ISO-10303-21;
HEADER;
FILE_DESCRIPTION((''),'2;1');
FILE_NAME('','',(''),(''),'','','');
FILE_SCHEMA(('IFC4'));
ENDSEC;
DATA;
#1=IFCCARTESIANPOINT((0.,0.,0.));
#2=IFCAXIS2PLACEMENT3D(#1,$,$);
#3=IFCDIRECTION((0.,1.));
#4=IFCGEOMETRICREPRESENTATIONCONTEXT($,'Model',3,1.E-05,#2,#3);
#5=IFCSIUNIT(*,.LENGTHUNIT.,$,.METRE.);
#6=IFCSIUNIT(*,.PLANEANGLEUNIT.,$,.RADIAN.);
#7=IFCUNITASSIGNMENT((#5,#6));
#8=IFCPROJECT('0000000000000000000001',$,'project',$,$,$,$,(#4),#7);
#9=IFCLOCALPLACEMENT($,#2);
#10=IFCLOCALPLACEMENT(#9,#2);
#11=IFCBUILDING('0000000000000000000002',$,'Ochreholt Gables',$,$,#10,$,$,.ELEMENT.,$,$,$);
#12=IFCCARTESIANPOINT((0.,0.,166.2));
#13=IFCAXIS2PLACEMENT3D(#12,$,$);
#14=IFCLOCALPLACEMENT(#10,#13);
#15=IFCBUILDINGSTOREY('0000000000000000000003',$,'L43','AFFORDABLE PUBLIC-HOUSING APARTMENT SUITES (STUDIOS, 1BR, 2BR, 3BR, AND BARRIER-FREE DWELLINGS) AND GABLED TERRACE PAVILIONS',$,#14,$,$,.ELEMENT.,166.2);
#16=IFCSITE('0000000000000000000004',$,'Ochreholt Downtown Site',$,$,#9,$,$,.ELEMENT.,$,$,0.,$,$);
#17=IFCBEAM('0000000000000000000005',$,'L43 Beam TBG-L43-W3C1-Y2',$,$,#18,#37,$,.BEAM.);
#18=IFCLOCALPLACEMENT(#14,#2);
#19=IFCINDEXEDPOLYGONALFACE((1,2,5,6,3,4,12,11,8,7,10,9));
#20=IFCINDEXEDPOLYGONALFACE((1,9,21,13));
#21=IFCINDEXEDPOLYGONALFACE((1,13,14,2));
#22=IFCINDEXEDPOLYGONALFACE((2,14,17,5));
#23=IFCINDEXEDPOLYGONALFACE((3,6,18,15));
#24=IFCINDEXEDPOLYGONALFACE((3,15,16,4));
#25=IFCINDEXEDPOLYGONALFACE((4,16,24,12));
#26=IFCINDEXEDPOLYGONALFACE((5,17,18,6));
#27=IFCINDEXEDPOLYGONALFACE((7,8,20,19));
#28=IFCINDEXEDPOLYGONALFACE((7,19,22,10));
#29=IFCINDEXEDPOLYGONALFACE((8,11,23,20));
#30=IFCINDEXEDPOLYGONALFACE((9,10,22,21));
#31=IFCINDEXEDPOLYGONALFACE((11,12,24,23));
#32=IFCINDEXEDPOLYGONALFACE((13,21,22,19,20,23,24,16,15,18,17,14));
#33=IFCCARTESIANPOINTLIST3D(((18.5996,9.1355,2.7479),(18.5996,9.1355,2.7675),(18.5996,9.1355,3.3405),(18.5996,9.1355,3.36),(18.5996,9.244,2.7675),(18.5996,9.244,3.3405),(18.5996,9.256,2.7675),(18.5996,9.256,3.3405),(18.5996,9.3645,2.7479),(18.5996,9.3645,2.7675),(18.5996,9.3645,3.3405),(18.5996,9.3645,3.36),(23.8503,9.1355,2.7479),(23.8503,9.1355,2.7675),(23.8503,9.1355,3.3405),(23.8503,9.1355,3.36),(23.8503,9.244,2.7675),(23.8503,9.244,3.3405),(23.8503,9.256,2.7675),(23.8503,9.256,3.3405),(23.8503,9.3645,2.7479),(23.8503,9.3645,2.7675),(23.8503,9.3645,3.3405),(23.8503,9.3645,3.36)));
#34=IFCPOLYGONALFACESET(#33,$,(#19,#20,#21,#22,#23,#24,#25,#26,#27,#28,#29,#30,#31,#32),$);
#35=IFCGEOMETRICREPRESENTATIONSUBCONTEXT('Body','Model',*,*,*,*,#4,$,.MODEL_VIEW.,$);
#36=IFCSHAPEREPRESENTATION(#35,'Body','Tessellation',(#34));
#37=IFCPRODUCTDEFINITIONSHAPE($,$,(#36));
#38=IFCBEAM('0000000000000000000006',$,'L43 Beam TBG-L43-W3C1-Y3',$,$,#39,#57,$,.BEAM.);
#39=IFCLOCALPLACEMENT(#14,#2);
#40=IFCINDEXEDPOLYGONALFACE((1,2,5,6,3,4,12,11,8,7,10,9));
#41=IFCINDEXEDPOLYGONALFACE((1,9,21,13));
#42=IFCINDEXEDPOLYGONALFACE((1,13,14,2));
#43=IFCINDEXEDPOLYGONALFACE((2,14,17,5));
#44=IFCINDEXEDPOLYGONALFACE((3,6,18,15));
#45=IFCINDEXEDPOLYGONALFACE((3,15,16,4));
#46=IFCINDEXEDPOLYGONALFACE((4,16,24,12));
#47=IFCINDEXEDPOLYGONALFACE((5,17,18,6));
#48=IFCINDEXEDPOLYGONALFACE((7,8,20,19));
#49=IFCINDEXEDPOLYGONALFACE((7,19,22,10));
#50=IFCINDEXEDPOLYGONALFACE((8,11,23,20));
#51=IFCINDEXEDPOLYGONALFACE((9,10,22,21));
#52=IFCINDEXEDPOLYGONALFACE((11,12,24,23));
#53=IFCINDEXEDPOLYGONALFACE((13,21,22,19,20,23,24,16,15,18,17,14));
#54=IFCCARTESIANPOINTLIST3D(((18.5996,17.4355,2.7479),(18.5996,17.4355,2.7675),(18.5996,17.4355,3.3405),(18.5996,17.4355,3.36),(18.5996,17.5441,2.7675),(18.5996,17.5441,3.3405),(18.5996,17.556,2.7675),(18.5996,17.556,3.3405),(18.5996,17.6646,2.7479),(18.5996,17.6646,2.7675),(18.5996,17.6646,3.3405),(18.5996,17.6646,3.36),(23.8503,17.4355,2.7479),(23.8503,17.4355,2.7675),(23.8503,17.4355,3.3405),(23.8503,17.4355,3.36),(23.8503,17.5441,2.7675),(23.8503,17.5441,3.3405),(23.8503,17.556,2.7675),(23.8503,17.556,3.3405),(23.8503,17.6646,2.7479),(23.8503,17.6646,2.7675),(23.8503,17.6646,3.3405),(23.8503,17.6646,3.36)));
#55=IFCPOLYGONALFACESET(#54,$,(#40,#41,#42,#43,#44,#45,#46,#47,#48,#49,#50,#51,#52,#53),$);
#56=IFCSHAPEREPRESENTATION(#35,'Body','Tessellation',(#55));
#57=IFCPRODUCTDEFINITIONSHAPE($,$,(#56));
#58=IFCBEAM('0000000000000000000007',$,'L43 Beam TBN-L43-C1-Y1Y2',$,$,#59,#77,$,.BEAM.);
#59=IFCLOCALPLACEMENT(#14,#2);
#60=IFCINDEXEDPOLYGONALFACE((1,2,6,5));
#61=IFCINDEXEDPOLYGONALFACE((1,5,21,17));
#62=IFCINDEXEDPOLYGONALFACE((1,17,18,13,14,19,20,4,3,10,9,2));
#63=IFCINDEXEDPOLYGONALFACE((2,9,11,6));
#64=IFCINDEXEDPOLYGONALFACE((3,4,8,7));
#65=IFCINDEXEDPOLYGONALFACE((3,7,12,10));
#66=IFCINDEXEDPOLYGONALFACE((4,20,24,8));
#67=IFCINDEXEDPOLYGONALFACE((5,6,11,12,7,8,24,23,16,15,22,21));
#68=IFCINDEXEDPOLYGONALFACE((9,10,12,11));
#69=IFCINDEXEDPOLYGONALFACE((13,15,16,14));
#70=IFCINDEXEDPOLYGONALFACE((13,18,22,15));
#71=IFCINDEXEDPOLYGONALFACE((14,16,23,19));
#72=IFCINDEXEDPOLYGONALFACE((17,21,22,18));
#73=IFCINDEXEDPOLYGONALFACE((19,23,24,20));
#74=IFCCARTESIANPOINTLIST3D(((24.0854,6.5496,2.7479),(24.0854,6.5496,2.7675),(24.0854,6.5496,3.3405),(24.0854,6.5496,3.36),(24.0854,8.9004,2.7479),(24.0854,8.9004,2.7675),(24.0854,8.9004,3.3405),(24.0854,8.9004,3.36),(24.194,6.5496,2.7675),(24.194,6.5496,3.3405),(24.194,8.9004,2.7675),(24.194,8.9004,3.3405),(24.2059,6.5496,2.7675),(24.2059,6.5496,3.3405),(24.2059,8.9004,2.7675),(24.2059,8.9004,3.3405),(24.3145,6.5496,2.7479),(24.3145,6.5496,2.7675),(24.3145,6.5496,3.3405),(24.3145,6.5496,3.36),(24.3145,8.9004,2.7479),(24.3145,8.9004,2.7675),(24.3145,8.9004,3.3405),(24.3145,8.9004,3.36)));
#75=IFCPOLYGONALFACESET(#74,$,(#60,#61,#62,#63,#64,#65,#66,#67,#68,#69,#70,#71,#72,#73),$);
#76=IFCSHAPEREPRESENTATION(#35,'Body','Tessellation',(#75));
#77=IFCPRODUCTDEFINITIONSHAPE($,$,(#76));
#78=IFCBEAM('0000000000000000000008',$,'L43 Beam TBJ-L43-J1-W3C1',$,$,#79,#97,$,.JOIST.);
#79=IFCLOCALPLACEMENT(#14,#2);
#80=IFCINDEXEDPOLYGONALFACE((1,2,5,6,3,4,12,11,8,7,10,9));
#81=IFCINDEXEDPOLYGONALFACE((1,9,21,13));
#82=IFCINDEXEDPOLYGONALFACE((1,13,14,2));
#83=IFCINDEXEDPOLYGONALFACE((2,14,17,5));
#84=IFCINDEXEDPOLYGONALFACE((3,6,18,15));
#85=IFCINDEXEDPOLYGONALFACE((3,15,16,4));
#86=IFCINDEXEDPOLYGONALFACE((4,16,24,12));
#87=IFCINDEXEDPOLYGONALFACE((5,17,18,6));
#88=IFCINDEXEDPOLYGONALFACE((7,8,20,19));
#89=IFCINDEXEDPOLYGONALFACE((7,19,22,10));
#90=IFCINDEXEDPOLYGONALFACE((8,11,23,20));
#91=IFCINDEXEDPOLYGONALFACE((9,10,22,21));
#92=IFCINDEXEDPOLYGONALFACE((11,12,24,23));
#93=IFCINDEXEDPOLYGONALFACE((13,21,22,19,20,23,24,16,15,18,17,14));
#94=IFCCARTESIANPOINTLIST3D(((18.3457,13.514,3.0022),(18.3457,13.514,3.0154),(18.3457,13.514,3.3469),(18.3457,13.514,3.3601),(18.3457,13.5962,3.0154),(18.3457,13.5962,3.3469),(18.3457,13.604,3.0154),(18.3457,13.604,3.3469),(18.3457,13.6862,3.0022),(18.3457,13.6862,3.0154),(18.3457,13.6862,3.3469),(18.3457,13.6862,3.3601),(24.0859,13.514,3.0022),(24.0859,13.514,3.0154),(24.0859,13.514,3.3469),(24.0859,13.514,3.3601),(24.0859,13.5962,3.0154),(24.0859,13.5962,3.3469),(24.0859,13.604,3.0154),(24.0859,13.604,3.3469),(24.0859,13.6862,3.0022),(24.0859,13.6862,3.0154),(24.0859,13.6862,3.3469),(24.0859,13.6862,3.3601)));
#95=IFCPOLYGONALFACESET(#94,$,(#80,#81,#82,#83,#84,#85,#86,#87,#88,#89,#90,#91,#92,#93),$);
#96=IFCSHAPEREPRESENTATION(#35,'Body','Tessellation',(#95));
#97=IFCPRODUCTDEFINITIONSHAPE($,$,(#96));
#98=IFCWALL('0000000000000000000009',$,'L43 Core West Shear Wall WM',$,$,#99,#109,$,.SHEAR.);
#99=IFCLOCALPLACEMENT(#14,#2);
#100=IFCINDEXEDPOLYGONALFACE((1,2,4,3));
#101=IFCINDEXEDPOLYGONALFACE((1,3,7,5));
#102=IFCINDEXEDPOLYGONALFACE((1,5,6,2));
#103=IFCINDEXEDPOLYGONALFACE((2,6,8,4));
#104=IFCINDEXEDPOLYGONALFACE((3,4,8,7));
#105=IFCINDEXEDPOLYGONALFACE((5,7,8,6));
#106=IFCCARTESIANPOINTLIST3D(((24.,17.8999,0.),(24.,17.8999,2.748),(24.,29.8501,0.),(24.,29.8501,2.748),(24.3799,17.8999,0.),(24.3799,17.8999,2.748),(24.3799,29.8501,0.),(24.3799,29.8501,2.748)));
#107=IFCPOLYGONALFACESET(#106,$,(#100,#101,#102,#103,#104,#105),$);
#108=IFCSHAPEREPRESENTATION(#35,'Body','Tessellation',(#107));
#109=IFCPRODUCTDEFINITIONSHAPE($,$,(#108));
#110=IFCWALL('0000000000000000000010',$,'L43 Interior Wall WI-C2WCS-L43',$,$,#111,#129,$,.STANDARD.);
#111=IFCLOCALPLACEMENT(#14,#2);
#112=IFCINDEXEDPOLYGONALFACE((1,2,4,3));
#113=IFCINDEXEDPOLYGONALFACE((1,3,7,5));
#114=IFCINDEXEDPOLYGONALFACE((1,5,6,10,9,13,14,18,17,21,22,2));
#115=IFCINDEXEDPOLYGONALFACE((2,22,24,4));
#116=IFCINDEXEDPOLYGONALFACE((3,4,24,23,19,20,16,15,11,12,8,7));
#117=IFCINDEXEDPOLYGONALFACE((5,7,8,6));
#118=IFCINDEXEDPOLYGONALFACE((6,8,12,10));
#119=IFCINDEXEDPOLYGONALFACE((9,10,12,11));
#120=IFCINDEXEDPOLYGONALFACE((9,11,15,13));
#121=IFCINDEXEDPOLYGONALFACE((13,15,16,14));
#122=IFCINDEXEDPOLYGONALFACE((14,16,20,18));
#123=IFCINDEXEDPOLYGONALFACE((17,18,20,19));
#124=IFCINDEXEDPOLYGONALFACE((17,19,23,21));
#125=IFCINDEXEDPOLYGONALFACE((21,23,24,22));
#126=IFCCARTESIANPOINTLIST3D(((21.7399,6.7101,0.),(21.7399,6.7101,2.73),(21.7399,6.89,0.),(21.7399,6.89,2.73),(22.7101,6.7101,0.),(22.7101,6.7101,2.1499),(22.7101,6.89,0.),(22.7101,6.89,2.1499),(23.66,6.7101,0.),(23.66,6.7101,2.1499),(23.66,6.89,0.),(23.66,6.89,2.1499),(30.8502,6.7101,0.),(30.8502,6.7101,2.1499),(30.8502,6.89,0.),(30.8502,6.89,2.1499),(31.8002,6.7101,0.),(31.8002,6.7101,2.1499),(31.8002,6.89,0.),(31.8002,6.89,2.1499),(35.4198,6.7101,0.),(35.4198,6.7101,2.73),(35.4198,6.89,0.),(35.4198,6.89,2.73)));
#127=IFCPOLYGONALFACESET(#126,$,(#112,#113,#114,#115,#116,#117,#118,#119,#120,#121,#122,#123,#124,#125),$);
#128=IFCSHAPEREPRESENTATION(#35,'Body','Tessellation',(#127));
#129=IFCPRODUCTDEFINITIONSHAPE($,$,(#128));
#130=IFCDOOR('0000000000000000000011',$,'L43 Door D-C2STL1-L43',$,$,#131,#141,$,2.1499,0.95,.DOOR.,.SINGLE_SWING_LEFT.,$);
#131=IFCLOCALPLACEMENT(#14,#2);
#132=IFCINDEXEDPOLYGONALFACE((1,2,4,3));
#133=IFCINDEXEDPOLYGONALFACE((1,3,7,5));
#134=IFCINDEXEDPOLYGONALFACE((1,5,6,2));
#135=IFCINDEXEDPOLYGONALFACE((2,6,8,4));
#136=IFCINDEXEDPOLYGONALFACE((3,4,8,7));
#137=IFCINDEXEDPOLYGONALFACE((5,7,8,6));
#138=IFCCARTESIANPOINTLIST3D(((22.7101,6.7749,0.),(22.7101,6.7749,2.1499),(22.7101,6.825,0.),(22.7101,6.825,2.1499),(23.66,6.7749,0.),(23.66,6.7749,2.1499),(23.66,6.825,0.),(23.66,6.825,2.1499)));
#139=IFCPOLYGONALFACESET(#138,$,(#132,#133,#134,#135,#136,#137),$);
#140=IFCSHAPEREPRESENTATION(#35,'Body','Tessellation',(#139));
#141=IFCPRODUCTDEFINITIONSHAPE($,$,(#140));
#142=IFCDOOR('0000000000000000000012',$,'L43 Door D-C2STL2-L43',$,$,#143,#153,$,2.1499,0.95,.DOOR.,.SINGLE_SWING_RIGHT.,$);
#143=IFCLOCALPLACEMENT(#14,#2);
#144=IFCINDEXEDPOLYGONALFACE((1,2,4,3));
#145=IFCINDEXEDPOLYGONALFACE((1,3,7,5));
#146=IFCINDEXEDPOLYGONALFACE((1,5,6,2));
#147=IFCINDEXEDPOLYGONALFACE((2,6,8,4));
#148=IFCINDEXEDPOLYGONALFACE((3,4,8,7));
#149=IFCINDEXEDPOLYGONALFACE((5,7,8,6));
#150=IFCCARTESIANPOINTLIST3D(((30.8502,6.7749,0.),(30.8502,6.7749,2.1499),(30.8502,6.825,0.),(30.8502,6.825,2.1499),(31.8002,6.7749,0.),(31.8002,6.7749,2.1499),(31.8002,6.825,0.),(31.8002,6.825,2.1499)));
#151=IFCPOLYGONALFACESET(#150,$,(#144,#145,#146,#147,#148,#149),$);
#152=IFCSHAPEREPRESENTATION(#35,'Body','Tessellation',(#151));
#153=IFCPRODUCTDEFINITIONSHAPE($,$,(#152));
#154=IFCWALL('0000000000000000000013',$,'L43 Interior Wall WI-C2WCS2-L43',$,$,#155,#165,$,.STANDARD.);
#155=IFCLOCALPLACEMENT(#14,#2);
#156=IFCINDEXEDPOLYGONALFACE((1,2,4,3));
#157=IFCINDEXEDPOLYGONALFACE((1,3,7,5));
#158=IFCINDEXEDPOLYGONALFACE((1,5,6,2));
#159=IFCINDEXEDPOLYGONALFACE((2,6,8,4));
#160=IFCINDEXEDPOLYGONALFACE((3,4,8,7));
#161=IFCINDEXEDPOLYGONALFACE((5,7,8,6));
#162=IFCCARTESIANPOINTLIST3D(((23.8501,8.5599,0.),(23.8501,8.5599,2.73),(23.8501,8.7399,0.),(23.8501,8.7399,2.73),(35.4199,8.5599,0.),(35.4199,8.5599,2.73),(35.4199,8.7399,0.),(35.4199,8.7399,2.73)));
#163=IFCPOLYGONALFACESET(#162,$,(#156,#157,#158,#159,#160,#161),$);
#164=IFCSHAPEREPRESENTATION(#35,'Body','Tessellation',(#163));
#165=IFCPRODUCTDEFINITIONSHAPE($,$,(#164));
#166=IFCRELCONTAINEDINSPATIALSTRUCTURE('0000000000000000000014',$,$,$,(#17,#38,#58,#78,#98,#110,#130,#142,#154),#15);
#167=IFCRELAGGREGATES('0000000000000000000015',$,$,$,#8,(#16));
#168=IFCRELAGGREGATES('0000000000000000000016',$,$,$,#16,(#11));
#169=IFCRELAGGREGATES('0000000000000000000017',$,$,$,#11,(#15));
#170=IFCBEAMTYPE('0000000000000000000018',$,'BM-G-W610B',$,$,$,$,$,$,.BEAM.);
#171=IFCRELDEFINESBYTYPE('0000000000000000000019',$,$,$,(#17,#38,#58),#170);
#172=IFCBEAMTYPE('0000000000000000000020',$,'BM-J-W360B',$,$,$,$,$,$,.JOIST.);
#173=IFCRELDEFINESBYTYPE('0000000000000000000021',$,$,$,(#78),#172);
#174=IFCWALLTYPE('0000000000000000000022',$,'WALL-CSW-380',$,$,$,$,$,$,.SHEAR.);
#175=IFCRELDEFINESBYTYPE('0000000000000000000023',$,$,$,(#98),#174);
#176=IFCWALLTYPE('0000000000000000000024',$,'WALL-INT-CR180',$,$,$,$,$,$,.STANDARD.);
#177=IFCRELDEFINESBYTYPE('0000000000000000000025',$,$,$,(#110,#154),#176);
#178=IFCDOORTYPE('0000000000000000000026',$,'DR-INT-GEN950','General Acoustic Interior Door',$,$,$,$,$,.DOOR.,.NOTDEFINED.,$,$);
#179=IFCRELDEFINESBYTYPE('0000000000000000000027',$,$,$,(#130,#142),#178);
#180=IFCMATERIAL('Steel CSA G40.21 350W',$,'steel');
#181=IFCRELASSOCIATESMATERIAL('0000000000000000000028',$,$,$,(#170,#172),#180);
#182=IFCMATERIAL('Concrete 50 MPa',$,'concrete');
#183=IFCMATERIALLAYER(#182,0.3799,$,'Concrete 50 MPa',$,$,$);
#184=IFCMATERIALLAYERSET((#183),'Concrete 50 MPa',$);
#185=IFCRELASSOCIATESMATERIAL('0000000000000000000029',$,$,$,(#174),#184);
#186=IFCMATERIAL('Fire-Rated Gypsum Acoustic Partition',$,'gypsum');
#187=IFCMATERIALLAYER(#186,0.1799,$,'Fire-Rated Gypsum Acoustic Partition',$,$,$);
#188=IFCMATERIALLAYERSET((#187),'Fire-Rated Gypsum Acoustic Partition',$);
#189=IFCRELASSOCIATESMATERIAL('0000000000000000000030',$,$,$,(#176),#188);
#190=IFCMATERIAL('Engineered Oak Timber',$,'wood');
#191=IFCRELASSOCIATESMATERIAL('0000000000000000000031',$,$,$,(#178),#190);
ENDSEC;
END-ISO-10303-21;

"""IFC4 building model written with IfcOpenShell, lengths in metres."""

from ifc_helpers import new_model, si_unit, direction, frame, frame_2d, origin, origin_2d, place, context, subcontext, project, spatial, rectangle, i_section, extrude, material, layer, layer_set, material_profile, profile_set, type_object, element, fill, save


model = new_model("IFC4")

# Units and contexts
model_context = context("Model", 3, precision=1e-05, world=origin(), true_north=direction((0.0, 1.0)))
body_context = subcontext(model_context, "Body", "Model", "MODEL_VIEW")
ifc_project = project(units=[si_unit("LENGTHUNIT", "METRE"), si_unit("PLANEANGLEUNIT", "RADIAN")], contexts=[model_context])

# Site, building, storey
site_placement = place(None, origin())
site = spatial("IfcSite", under=ifc_project, at=site_placement, Name="Ochreholt Downtown Site", CompositionType="ELEMENT", RefElevation=0.0)
building_placement = place(site_placement, origin())
building = spatial("IfcBuilding", under=site, at=building_placement, Name="Ochreholt Gables", CompositionType="ELEMENT")
storey_placement = place(building_placement, frame((0.0, 0.0, 166.2)))
storey = spatial("IfcBuildingStorey", under=building, at=storey_placement, Name="L43", Description="AFFORDABLE PUBLIC-HOUSING APARTMENT SUITES (STUDIOS, 1BR, 2BR, 3BR, AND BARRIER-FREE DWELLINGS) AND GABLED TERRACE PAVILIONS", CompositionType="ELEMENT", Elevation=166.2)

# Beams
ifc_material_1 = material(Name="Steel CSA G40.21 350W", Category="steel")
ifc_material_profile_1 = material_profile(ifc_material_1, i_section(OverallWidth=0.229, OverallDepth=0.6121, WebThickness=0.012, FlangeThickness=0.0195, at=origin_2d()), Name="W610X125")
ifc_profile_set_1 = profile_set([ifc_material_profile_1], Name="Steel CSA G40.21 350W")
beam_type_1 = type_object("IfcBeamType", Name="BM-G-W610B", PredefinedType="BEAM", material=ifc_profile_set_1)
for number, where, z_axis, x_axis, name in (
    (1, (18.5996, 9.25, 3.054), (1.0, 0.0, 0.0), (0.0, 1.0, 0.0), "L43 Beam TBG-L43-W3C1-Y2"),
    (2, (18.5996, 17.55, 3.054), (1.0, 0.0, 0.0), (0.0, 1.0, 0.0), "L43 Beam TBG-L43-W3C1-Y3"),
):
    element("IfcBeam", number, at=place(storey_placement, frame(where, z_axis=z_axis, x_axis=x_axis)), inside=storey, type_object=beam_type_1, Name=name, PredefinedType="BEAM", context=body_context, shape_type="SweptSolid", body=[
        extrude(i_section(OverallWidth=0.229, OverallDepth=0.6121, WebThickness=0.012, FlangeThickness=0.0195, at=origin_2d()), origin(), (0.0, 0.0, 1.0), 5.2507),
    ])
beam_1_placement = place(storey_placement, frame((24.2, 6.5496, 3.054), z_axis=(0.0, 1.0, 0.0), x_axis=(-1.0, 0.0, 0.0)))
element("IfcBeam", 3, at=beam_1_placement, inside=storey, type_object=beam_type_1, Name="L43 Beam TBN-L43-C1-Y1Y2", PredefinedType="BEAM", context=body_context, shape_type="SweptSolid", body=[
    extrude(i_section(OverallWidth=0.229, OverallDepth=0.6121, WebThickness=0.012, FlangeThickness=0.0195, at=origin_2d()), origin(), (0.0, 0.0, 1.0), 2.3508),
])
ifc_material_profile_2 = material_profile(ifc_material_1, i_section(OverallWidth=0.1721, OverallDepth=0.3579, WebThickness=0.0078, FlangeThickness=0.0132, at=origin_2d()), Name="W360X57")
ifc_profile_set_2 = profile_set([ifc_material_profile_2], Name="Steel CSA G40.21 350W")
beam_type_2 = type_object("IfcBeamType", Name="BM-J-W360B", PredefinedType="JOIST", material=ifc_profile_set_2)
beam_2_placement = place(storey_placement, frame((18.3457, 13.6001, 3.1812), z_axis=(1.0, 0.0, 0.0), x_axis=(0.0, 1.0, 0.0)))
element("IfcBeam", 4, at=beam_2_placement, inside=storey, type_object=beam_type_2, Name="L43 Beam TBJ-L43-J1-W3C1", PredefinedType="JOIST", context=body_context, shape_type="SweptSolid", body=[
    extrude(i_section(OverallWidth=0.1721, OverallDepth=0.3579, WebThickness=0.0078, FlangeThickness=0.0132, at=origin_2d()), origin(), (0.0, 0.0, 1.0), 5.7402),
])

# Wall
ifc_material_2 = material(Name="Concrete 50 MPa", Category="concrete")
ifc_layer_1 = layer(ifc_material_2, 0.3799, Name="Concrete 50 MPa")
ifc_layer_set_1 = layer_set([ifc_layer_1], Name="Concrete 50 MPa")
wall_type_1 = type_object("IfcWallType", Name="WALL-CSW-380", PredefinedType="SHEAR", material=ifc_layer_set_1)
wall_1_placement = place(storey_placement, frame((24.1899, 17.8999, 0.0), z_axis=(0.0, 0.0, 1.0), x_axis=(0.0, 1.0, 0.0)))
element("IfcWall", 5, at=wall_1_placement, inside=storey, type_object=wall_type_1, Name="L43 Core West Shear Wall WM", PredefinedType="SHEAR", context=body_context, shape_type="SweptSolid", body=[
    extrude(rectangle(XDim=11.9502, YDim=0.3799, at=frame_2d((5.9751, 0.0))), origin(), (0.0, 0.0, 1.0), 2.748),
])

# Wall, openings, doors
ifc_material_3 = material(Name="Fire-Rated Gypsum Acoustic Partition", Category="gypsum")
ifc_layer_2 = layer(ifc_material_3, 0.1799, Name="Fire-Rated Gypsum Acoustic Partition")
ifc_layer_set_2 = layer_set([ifc_layer_2], Name="Fire-Rated Gypsum Acoustic Partition")
wall_type_2 = type_object("IfcWallType", Name="WALL-INT-CR180", PredefinedType="STANDARD", material=ifc_layer_set_2)
ifc_material_4 = material(Name="Engineered Oak Timber", Category="wood")
door_type = type_object("IfcDoorType", Name="DR-INT-GEN950", Description="General Acoustic Interior Door", OperationType="NOTDEFINED", PredefinedType="DOOR", material=ifc_material_4)
wall_2_placement = place(storey_placement, frame((21.74, 6.8, 0.0), z_axis=(0.0, 0.0, 1.0), x_axis=(1.0, 0.0, 0.0)))
wall_2 = element("IfcWall", 6, at=wall_2_placement, inside=storey, type_object=wall_type_2, Name="L43 Interior Wall WI-C2WCS-L43", PredefinedType="STANDARD", context=body_context, shape_type="SweptSolid", body=[
    extrude(rectangle(XDim=13.6799, YDim=0.1799, at=frame_2d((6.8398, 0.0))), origin(), (0.0, 0.0, 1.0), 2.73),
])
opening_1_placement = place(wall_2_placement, frame((0.97, 0.0, 0.0)))
opening_1 = element("IfcOpeningElement", 7, at=opening_1_placement, cuts=wall_2, PredefinedType="OPENING", context=body_context, shape_type="SweptSolid", body=[
    extrude(rectangle(XDim=0.95, YDim=2.1499, at=frame_2d((0.4751, 1.075))), frame((0.0, 0.0999, 0.0), z_axis=(0.0, -1.0, 0.0), x_axis=(1.0, 0.0, 0.0)), (0.0, 0.0, 1.0), 0.2),
])
opening_2_placement = place(wall_2_placement, frame((9.1101, 0.0, 0.0)))
opening_2 = element("IfcOpeningElement", 8, at=opening_2_placement, cuts=wall_2, PredefinedType="OPENING", context=body_context, shape_type="SweptSolid", body=[
    extrude(rectangle(XDim=0.95, YDim=2.1499, at=frame_2d((0.4751, 1.075))), frame((0.0, 0.0999, 0.0), z_axis=(0.0, -1.0, 0.0), x_axis=(1.0, 0.0, 0.0)), (0.0, 0.0, 1.0), 0.2),
])
door_1_placement = place(opening_1_placement, origin())
door_1 = element("IfcDoor", 9, at=door_1_placement, inside=storey, type_object=door_type, Name="L43 Door D-C2STL1-L43", OperationType="SINGLE_SWING_LEFT", OverallHeight=2.1499, OverallWidth=0.95, PredefinedType="DOOR", context=body_context, shape_type="SweptSolid", body=[
    extrude(rectangle(XDim=0.95, YDim=2.1499, at=frame_2d((0.4751, 1.075))), frame((0.0, 0.0249, 0.0), z_axis=(0.0, -1.0, 0.0), x_axis=(1.0, 0.0, 0.0)), (0.0, 0.0, 1.0), 0.05),
])
fill(opening_1, door_1)
door_2_placement = place(opening_2_placement, origin())
door_2 = element("IfcDoor", 10, at=door_2_placement, inside=storey, type_object=door_type, Name="L43 Door D-C2STL2-L43", OperationType="SINGLE_SWING_RIGHT", OverallHeight=2.1499, OverallWidth=0.95, PredefinedType="DOOR", context=body_context, shape_type="SweptSolid", body=[
    extrude(rectangle(XDim=0.95, YDim=2.1499, at=frame_2d((0.4751, 1.075))), frame((0.0, 0.0249, 0.0), z_axis=(0.0, -1.0, 0.0), x_axis=(1.0, 0.0, 0.0)), (0.0, 0.0, 1.0), 0.05),
])
fill(opening_2, door_2)

# Wall
wall_3_placement = place(storey_placement, frame((23.8501, 8.6499, 0.0), z_axis=(0.0, 0.0, 1.0), x_axis=(1.0, 0.0, 0.0)))
element("IfcWall", 11, at=wall_3_placement, inside=storey, type_object=wall_type_2, Name="L43 Interior Wall WI-C2WCS2-L43", PredefinedType="STANDARD", context=body_context, shape_type="SweptSolid", body=[
    extrude(rectangle(XDim=11.5698, YDim=0.1799, at=frame_2d((5.7849, 0.0))), origin(), (0.0, 0.0, 1.0), 2.73),
])

save(model, "model.ifc")
